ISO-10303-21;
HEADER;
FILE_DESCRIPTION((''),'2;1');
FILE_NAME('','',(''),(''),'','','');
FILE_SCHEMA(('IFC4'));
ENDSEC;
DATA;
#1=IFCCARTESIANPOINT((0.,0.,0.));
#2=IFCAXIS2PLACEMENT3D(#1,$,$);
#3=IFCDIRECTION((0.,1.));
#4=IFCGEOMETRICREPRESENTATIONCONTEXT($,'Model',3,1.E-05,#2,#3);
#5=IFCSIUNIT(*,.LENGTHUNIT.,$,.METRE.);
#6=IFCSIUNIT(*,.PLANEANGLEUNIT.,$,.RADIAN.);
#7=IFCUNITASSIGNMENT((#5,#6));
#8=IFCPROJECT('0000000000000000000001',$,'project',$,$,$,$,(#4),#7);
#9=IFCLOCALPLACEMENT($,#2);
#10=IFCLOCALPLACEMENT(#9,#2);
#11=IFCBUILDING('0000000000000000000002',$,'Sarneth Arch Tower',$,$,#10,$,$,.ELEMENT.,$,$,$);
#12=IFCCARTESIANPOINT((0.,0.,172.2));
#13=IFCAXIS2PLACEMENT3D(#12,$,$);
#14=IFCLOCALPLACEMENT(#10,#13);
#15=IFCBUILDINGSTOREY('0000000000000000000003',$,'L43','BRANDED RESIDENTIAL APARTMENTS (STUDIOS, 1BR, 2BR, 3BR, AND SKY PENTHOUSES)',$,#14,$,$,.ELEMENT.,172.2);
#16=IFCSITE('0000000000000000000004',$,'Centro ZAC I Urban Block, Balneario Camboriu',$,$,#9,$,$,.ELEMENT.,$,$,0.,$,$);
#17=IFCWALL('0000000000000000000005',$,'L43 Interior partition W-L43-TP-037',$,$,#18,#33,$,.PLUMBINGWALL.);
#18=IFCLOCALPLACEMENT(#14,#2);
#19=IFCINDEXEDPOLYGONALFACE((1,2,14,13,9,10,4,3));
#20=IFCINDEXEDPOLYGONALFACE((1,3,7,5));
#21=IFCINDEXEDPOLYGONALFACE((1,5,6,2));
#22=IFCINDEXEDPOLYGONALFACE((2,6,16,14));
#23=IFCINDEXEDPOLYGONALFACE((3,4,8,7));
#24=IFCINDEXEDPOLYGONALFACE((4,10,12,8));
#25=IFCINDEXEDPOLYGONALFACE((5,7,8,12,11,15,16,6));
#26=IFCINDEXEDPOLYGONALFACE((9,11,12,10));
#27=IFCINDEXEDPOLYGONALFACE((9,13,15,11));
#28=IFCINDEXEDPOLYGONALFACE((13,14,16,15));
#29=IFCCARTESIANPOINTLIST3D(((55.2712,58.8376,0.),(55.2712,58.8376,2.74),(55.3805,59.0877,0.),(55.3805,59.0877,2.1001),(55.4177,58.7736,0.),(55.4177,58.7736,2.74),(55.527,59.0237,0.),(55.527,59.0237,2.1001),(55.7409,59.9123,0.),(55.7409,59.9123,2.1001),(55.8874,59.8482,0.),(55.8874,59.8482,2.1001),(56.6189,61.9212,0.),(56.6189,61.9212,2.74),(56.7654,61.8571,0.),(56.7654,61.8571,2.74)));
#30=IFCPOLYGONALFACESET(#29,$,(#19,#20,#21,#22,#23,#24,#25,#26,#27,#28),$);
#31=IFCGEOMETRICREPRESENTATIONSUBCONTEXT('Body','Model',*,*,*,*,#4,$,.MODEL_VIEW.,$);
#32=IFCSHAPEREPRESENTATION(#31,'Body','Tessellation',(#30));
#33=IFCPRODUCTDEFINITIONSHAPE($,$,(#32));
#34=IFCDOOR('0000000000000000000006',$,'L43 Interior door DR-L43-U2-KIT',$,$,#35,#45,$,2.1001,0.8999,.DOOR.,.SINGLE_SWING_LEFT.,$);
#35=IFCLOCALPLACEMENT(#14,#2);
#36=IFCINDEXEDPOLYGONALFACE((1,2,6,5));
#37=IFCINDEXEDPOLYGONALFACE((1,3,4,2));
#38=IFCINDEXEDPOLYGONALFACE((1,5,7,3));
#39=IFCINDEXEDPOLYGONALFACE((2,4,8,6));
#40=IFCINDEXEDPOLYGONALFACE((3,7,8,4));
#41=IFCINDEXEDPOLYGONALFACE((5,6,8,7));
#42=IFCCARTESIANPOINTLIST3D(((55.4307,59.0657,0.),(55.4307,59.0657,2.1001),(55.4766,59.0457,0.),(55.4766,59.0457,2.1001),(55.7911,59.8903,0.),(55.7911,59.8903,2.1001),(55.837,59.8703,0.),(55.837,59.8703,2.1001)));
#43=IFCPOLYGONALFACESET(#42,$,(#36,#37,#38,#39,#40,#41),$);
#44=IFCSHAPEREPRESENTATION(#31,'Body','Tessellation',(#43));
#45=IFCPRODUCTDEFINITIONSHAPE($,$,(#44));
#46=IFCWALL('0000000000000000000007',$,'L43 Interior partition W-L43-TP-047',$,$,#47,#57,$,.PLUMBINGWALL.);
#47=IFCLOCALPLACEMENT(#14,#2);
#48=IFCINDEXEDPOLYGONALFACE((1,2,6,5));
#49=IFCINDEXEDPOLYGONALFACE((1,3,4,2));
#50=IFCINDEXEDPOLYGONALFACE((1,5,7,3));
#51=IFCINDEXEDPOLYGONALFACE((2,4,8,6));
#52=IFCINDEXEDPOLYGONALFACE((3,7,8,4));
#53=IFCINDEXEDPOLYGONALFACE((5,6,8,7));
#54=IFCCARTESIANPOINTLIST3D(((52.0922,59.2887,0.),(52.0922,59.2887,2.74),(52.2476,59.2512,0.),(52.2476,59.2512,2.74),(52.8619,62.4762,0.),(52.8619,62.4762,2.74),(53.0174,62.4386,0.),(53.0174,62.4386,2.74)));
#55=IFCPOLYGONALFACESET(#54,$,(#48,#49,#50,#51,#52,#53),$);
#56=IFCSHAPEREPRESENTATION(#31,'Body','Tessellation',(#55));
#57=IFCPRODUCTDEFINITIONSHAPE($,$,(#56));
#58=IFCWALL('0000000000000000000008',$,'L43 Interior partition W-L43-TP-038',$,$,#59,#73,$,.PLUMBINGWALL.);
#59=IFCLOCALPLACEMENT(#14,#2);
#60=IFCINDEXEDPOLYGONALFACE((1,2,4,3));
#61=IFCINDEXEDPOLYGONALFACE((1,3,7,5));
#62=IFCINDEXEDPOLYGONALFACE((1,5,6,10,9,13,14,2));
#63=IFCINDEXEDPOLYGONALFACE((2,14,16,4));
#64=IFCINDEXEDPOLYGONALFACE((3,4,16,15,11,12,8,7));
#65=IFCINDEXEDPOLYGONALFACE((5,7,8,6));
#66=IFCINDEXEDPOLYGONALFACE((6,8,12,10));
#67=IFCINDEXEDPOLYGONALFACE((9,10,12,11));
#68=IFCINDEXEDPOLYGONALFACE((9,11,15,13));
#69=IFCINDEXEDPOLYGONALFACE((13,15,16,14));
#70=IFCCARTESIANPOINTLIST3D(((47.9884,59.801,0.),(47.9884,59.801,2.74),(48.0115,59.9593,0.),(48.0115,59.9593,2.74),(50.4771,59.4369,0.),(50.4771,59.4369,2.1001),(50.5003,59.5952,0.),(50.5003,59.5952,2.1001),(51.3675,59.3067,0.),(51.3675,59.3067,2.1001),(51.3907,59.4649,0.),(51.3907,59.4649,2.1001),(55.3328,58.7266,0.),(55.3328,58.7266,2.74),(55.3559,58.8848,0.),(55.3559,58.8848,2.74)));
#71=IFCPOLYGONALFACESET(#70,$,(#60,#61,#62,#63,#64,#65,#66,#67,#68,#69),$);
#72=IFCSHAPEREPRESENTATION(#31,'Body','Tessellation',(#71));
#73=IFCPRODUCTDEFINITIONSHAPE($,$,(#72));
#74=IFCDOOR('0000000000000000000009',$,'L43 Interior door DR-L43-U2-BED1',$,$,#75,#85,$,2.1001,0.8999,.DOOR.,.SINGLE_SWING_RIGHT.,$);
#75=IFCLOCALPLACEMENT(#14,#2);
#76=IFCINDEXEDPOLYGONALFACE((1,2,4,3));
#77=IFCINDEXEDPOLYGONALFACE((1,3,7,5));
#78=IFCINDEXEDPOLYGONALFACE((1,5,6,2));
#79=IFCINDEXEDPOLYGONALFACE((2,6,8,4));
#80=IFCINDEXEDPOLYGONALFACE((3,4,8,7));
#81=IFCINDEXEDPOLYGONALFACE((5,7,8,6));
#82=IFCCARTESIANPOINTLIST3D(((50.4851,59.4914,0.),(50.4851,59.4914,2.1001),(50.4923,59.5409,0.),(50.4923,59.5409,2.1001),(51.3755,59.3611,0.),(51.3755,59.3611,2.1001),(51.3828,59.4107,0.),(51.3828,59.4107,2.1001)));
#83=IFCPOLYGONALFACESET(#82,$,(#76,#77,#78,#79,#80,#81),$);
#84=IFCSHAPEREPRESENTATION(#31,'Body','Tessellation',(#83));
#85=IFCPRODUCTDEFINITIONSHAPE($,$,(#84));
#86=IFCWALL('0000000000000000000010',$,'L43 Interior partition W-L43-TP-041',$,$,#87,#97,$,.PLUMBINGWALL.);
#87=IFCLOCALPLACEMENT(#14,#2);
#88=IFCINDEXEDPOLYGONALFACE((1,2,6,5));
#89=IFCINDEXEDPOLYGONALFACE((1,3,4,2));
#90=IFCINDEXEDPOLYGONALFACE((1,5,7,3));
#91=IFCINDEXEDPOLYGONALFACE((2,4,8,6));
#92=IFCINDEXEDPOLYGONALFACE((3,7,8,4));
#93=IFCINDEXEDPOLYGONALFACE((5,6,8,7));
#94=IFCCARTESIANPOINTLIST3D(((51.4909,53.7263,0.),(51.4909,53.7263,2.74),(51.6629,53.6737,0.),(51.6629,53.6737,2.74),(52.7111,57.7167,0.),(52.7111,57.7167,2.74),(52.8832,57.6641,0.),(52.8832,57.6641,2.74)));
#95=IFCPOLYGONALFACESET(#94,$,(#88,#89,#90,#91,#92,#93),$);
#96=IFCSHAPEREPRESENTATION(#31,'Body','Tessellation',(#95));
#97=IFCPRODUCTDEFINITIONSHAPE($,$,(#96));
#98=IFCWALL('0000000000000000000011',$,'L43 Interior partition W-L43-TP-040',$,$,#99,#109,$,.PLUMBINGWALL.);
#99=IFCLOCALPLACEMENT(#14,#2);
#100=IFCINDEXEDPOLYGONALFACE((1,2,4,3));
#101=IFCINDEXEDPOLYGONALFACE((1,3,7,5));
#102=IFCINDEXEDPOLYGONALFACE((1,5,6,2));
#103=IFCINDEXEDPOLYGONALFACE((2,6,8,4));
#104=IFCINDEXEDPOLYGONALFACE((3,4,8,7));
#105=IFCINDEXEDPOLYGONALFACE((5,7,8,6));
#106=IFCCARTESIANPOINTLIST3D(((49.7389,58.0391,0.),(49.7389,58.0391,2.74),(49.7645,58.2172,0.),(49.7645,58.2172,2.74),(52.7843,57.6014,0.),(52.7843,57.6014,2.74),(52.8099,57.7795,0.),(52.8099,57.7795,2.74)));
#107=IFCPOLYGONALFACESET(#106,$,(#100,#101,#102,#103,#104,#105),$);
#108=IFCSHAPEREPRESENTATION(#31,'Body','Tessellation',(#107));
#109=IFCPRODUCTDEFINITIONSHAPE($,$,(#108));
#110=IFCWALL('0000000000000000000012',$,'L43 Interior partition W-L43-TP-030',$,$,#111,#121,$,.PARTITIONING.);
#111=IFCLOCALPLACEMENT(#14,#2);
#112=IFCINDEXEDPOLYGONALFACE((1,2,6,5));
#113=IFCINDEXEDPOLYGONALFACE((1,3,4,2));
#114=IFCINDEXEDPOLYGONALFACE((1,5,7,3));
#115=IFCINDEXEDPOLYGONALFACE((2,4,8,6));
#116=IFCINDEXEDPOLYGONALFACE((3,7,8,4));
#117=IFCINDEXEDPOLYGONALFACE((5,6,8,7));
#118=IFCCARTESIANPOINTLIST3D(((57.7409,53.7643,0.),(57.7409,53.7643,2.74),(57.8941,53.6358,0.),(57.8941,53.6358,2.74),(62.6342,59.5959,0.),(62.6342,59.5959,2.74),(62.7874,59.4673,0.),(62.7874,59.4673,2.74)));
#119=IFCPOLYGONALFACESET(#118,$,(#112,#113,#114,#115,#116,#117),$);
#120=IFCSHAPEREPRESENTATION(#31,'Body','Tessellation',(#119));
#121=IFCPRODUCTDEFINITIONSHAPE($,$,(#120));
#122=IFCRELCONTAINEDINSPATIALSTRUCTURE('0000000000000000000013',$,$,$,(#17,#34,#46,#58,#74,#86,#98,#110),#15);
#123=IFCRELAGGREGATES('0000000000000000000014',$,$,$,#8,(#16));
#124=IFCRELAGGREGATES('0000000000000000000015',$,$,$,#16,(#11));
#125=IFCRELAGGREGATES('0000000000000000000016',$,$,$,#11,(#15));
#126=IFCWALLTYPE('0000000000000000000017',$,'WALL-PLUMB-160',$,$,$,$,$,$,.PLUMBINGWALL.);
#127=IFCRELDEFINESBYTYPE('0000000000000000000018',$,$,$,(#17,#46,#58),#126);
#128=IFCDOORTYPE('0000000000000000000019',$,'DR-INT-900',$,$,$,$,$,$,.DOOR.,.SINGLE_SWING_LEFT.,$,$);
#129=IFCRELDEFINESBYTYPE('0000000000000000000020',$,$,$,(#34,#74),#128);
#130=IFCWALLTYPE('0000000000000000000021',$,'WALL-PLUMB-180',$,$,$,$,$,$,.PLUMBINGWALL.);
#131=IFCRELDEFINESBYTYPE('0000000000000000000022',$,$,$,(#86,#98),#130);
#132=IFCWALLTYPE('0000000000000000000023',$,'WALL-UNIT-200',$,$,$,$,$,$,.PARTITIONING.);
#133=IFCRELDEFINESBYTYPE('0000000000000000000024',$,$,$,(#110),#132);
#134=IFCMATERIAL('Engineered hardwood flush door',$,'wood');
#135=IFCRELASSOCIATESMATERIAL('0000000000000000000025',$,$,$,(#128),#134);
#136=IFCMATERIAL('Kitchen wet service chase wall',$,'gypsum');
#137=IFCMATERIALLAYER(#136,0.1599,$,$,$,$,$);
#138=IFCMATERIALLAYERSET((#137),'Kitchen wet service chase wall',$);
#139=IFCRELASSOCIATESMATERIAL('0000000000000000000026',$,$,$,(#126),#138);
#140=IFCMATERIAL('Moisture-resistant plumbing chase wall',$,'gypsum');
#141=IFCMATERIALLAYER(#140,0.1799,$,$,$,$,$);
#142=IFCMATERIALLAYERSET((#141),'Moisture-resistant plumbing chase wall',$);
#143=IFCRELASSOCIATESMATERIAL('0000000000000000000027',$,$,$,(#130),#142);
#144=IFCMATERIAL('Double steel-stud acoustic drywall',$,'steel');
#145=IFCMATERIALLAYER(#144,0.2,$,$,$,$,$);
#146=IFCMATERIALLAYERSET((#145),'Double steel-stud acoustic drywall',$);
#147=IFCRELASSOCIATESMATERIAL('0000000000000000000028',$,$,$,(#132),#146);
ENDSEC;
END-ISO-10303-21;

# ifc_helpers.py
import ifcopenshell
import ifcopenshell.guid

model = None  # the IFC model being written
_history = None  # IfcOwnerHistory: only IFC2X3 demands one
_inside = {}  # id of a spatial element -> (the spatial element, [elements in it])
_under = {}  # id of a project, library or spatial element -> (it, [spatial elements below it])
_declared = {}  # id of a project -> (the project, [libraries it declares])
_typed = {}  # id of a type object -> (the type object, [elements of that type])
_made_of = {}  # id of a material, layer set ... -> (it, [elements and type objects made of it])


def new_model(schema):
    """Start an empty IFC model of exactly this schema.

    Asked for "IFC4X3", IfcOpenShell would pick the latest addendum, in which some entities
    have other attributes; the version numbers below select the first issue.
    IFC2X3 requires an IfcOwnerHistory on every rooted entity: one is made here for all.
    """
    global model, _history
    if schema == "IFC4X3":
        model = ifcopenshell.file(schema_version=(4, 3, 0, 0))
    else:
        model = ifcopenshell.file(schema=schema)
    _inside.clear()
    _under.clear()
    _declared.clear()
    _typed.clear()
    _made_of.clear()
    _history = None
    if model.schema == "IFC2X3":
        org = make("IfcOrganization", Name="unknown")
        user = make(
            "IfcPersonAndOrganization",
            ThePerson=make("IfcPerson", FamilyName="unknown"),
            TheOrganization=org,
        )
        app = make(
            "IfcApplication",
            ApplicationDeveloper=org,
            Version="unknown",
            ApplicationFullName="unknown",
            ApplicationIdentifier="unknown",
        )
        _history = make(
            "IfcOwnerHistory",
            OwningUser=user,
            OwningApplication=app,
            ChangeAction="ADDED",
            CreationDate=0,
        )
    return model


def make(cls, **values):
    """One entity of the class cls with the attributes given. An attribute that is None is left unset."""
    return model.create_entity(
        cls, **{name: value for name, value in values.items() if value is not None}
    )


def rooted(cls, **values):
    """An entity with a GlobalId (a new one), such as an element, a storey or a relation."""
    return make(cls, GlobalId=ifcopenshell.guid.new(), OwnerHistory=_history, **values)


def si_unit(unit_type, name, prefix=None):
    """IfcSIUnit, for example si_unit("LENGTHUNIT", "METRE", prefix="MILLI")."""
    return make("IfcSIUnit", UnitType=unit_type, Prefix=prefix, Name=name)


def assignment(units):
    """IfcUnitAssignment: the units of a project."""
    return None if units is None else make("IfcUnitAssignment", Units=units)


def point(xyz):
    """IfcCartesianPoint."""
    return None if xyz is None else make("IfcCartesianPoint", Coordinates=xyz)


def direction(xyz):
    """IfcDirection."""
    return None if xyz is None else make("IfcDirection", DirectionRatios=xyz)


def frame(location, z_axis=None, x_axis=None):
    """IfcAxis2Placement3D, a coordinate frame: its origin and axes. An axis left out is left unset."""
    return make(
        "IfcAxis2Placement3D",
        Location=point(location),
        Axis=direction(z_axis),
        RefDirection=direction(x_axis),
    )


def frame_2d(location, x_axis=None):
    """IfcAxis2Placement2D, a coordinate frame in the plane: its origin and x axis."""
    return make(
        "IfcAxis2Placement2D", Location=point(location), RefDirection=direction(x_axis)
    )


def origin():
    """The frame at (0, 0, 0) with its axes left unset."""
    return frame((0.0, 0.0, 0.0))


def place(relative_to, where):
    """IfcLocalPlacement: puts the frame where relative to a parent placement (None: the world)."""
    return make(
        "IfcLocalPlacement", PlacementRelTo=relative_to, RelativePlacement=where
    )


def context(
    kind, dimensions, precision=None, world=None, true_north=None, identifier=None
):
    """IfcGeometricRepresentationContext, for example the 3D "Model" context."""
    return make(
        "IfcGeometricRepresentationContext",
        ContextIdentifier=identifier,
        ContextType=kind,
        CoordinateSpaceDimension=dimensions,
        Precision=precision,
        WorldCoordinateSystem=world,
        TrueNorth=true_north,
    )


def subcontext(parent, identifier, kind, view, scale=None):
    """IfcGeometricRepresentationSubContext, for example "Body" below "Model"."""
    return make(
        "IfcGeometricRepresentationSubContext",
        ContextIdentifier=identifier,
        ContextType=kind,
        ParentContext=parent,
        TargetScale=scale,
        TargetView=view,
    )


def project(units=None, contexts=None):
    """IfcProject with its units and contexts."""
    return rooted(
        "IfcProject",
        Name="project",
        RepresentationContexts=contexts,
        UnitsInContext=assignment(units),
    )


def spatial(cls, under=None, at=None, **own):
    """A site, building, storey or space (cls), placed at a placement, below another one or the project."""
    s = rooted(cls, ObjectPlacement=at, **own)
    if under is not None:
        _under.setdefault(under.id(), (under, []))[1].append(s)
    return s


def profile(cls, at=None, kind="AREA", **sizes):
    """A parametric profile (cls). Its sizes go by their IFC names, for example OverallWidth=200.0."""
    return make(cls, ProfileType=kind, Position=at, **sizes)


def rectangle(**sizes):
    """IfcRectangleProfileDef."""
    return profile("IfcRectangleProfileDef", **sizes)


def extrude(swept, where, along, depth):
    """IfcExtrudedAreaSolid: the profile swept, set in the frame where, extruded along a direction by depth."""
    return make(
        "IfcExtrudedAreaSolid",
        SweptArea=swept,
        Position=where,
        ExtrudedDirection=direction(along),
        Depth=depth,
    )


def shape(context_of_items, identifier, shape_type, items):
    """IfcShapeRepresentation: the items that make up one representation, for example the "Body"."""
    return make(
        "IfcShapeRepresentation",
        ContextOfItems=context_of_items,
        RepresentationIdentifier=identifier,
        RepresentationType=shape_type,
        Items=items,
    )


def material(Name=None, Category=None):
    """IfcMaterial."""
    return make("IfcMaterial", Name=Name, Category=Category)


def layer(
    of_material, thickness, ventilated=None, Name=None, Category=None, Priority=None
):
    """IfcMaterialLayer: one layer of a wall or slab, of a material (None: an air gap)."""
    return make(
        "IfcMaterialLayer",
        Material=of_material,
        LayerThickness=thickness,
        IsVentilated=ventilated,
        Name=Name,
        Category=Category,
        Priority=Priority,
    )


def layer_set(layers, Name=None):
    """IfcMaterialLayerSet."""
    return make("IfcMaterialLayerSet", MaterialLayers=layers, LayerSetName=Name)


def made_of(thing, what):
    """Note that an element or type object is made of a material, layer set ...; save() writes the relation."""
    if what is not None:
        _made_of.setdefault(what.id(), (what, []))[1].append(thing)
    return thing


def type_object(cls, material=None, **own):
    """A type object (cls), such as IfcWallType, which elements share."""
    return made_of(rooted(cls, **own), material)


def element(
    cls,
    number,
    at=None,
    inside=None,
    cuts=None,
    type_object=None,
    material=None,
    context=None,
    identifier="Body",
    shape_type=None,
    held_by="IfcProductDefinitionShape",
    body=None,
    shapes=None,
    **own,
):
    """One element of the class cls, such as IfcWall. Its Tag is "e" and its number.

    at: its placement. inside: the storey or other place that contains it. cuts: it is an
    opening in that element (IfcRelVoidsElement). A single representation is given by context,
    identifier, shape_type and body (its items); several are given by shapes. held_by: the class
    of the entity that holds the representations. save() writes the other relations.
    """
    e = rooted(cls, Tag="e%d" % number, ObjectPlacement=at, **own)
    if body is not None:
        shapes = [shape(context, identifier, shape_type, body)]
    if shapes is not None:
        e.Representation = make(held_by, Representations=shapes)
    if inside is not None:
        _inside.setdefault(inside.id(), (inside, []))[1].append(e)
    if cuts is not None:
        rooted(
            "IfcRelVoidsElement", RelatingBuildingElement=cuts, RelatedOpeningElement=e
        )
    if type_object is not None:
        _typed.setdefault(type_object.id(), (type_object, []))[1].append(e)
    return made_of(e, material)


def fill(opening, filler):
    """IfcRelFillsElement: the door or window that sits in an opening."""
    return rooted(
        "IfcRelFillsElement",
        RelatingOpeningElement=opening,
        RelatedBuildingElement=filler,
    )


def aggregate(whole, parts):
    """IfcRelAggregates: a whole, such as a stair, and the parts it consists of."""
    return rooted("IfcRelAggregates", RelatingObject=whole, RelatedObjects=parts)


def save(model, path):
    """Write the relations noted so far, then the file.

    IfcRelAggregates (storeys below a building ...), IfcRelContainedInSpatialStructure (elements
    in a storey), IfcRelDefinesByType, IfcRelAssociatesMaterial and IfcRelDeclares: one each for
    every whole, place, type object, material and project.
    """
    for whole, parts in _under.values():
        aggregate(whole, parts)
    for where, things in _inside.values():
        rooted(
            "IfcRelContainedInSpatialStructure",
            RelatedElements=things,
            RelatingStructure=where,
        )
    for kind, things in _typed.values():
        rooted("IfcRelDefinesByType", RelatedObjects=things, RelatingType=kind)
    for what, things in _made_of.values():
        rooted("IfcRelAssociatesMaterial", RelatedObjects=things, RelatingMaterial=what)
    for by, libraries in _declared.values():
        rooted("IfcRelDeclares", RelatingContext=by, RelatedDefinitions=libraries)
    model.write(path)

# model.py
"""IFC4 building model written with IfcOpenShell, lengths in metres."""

from ifc_helpers import new_model, si_unit, direction, frame, frame_2d, origin, place, context, subcontext, project, spatial, rectangle, extrude, material, layer, layer_set, type_object, element, fill, save


model = new_model("IFC4")

# Units and contexts
model_context = context("Model", 3, precision=1e-05, world=origin(), true_north=direction((0.0, 1.0)))
body_context = subcontext(model_context, "Body", "Model", "MODEL_VIEW")
ifc_project = project(units=[si_unit("LENGTHUNIT", "METRE"), si_unit("PLANEANGLEUNIT", "RADIAN")], contexts=[model_context])

# Site, building, storey
site_placement = place(None, origin())
site = spatial("IfcSite", under=ifc_project, at=site_placement, Name="Centro ZAC I Urban Block, Balneario Camboriu", CompositionType="ELEMENT", RefElevation=0.0)
building_placement = place(site_placement, origin())
building = spatial("IfcBuilding", under=site, at=building_placement, Name="Sarneth Arch Tower", CompositionType="ELEMENT")
storey_placement = place(building_placement, frame((0.0, 0.0, 172.2)))
storey = spatial("IfcBuildingStorey", under=building, at=storey_placement, Name="L43", Description="BRANDED RESIDENTIAL APARTMENTS (STUDIOS, 1BR, 2BR, 3BR, AND SKY PENTHOUSES)", CompositionType="ELEMENT", Elevation=172.2)

# Shared definitions
ifc_material_1 = material(Name="Engineered hardwood flush door", Category="wood")
door_type_1 = type_object("IfcDoorType", Name="DR-INT-900", OperationType="SINGLE_SWING_LEFT", PredefinedType="DOOR", material=ifc_material_1)

# Wall, opening, door
ifc_material_2 = material(Name="Kitchen wet service chase wall", Category="gypsum")
ifc_layer_1 = layer(ifc_material_2, 0.1599)
ifc_layer_set_1 = layer_set([ifc_layer_1], Name="Kitchen wet service chase wall")
wall_type_1 = type_object("IfcWallType", Name="WALL-PLUMB-160", PredefinedType="PLUMBINGWALL", material=ifc_layer_set_1)
wall_1_placement = place(storey_placement, frame((56.6921, 61.8892, 0.0), z_axis=(0.0, 0.0, 1.0), x_axis=(-0.400476, -0.916307, 0.0)))
wall_1 = element("IfcWall", 1, at=wall_1_placement, inside=storey, type_object=wall_type_1, Name="L43 Interior partition W-L43-TP-037", PredefinedType="PLUMBINGWALL", context=body_context, shape_type="SweptSolid", body=[
    extrude(rectangle(XDim=3.3652, YDim=0.1599, at=frame_2d((1.6826, 0.0))), origin(), (0.0, 0.0, 1.0), 2.74),
])
opening_1_placement = place(wall_1_placement, frame((2.1924, 0.0, 0.0)))
opening_1 = element("IfcOpeningElement", 2, at=opening_1_placement, cuts=wall_1, PredefinedType="OPENING", context=body_context, shape_type="SweptSolid", body=[
    extrude(rectangle(XDim=0.8999, YDim=2.1001, at=frame_2d((0.45, 1.05))), frame((0.0, 0.0898, 0.0), z_axis=(0.0, -1.0, 0.0), x_axis=(1.0, 0.0, 0.0)), (0.0, 0.0, 1.0), 0.1799),
])
door_1_placement = place(opening_1_placement, origin())
door_1 = element("IfcDoor", 3, at=door_1_placement, inside=storey, type_object=door_type_1, Name="L43 Interior door DR-L43-U2-KIT", OperationType="SINGLE_SWING_LEFT", OverallHeight=2.1001, OverallWidth=0.8999, PredefinedType="DOOR", context=body_context, shape_type="SweptSolid", body=[
    extrude(rectangle(XDim=0.8999, YDim=2.1001, at=frame_2d((0.45, 1.05))), frame((0.0, 0.0249, 0.0), z_axis=(0.0, -1.0, 0.0), x_axis=(1.0, 0.0, 0.0)), (0.0, 0.0, 1.0), 0.05),
])
fill(opening_1, door_1)

# Wall
wall_2_placement = place(storey_placement, frame((52.9397, 62.4575, 0.0), z_axis=(0.0, 0.0, 1.0), x_axis=(-0.23475, -0.972056, 0.0)))
element("IfcWall", 4, at=wall_2_placement, inside=storey, type_object=wall_type_1, Name="L43 Interior partition W-L43-TP-047", PredefinedType="PLUMBINGWALL", context=body_context, shape_type="SweptSolid", body=[
    extrude(rectangle(XDim=3.2791, YDim=0.1599, at=frame_2d((1.6396, 0.0))), origin(), (0.0, 0.0, 1.0), 2.74),
])

# Wall, opening, door
wall_3_placement = place(storey_placement, frame((55.3445, 58.8057, 0.0), z_axis=(0.0, 0.0, 1.0), x_axis=(-0.989468, 0.144754, 0.0)))
wall_3 = element("IfcWall", 5, at=wall_3_placement, inside=storey, type_object=wall_type_1, Name="L43 Interior partition W-L43-TP-038", PredefinedType="PLUMBINGWALL", context=body_context, shape_type="SweptSolid", body=[
    extrude(rectangle(XDim=7.4226, YDim=0.1599, at=frame_2d((3.7114, 0.0))), origin(), (0.0, 0.0, 1.0), 2.74),
])
opening_2_placement = place(wall_3_placement, frame((4.0076, 0.0, 0.0)))
opening_2 = element("IfcOpeningElement", 6, at=opening_2_placement, cuts=wall_3, PredefinedType="OPENING", context=body_context, shape_type="SweptSolid", body=[
    extrude(rectangle(XDim=0.8999, YDim=2.1001, at=frame_2d((0.45, 1.05))), frame((0.0, 0.0898, 0.0), z_axis=(0.0, -1.0, 0.0), x_axis=(1.0, 0.0, 0.0)), (0.0, 0.0, 1.0), 0.1799),
])
door_2_placement = place(opening_2_placement, origin())
door_2 = element("IfcDoor", 7, at=door_2_placement, inside=storey, type_object=door_type_1, Name="L43 Interior door DR-L43-U2-BED1", OperationType="SINGLE_SWING_RIGHT", OverallHeight=2.1001, OverallWidth=0.8999, PredefinedType="DOOR", context=body_context, shape_type="SweptSolid", body=[
    extrude(rectangle(XDim=0.8999, YDim=2.1001, at=frame_2d((0.45, 1.05))), frame((0.0, 0.0249, 0.0), z_axis=(0.0, -1.0, 0.0), x_axis=(1.0, 0.0, 0.0)), (0.0, 0.0, 1.0), 0.05),
])
fill(opening_2, door_2)

# Walls
ifc_material_3 = material(Name="Moisture-resistant plumbing chase wall", Category="gypsum")
ifc_layer_2 = layer(ifc_material_3, 0.1799)
ifc_layer_set_2 = layer_set([ifc_layer_2], Name="Moisture-resistant plumbing chase wall")
wall_type_2 = type_object("IfcWallType", Name="WALL-PLUMB-180", PredefinedType="PLUMBINGWALL", material=ifc_layer_set_2)
wall_4_placement = place(storey_placement, frame((52.7971, 57.6904, 0.0), z_axis=(0.0, 0.0, 1.0), x_axis=(-0.292416, -0.956291, 0.0)))
element("IfcWall", 8, at=wall_4_placement, inside=storey, type_object=wall_type_2, Name="L43 Interior partition W-L43-TP-041", PredefinedType="PLUMBINGWALL", context=body_context, shape_type="SweptSolid", body=[
    extrude(rectangle(XDim=4.1729, YDim=0.1799, at=frame_2d((2.0864, 0.0))), origin(), (0.0, 0.0, 1.0), 2.74),
])
wall_5_placement = place(storey_placement, frame((49.7517, 58.1282, 0.0), z_axis=(0.0, 0.0, 1.0), x_axis=(0.989827, -0.142277, 0.0)))
element("IfcWall", 9, at=wall_5_placement, inside=storey, type_object=wall_type_2, Name="L43 Interior partition W-L43-TP-040", PredefinedType="PLUMBINGWALL", context=body_context, shape_type="SweptSolid", body=[
    extrude(rectangle(XDim=3.0767, YDim=0.1799, at=frame_2d((1.5383, 0.0))), origin(), (0.0, 0.0, 1.0), 2.74),
])
ifc_material_4 = material(Name="Double steel-stud acoustic drywall", Category="steel")
ifc_layer_3 = layer(ifc_material_4, 0.2)
ifc_layer_set_3 = layer_set([ifc_layer_3], Name="Double steel-stud acoustic drywall")
wall_type_3 = type_object("IfcWallType", Name="WALL-UNIT-200", PredefinedType="PARTITIONING", material=ifc_layer_set_3)
wall_6_placement = place(storey_placement, frame((62.7107, 59.5315, 0.0), z_axis=(0.0, 0.0, 1.0), x_axis=(-0.642793, -0.76604, 0.0)))
element("IfcWall", 10, at=wall_6_placement, inside=storey, type_object=wall_type_3, Name="L43 Interior partition W-L43-TP-030", PredefinedType="PARTITIONING", context=body_context, shape_type="SweptSolid", body=[
    extrude(rectangle(XDim=7.6125, YDim=0.2, at=frame_2d((3.8062, 0.0))), origin(), (0.0, 0.0, 1.0), 2.74),
])

save(model, "model.ifc")
